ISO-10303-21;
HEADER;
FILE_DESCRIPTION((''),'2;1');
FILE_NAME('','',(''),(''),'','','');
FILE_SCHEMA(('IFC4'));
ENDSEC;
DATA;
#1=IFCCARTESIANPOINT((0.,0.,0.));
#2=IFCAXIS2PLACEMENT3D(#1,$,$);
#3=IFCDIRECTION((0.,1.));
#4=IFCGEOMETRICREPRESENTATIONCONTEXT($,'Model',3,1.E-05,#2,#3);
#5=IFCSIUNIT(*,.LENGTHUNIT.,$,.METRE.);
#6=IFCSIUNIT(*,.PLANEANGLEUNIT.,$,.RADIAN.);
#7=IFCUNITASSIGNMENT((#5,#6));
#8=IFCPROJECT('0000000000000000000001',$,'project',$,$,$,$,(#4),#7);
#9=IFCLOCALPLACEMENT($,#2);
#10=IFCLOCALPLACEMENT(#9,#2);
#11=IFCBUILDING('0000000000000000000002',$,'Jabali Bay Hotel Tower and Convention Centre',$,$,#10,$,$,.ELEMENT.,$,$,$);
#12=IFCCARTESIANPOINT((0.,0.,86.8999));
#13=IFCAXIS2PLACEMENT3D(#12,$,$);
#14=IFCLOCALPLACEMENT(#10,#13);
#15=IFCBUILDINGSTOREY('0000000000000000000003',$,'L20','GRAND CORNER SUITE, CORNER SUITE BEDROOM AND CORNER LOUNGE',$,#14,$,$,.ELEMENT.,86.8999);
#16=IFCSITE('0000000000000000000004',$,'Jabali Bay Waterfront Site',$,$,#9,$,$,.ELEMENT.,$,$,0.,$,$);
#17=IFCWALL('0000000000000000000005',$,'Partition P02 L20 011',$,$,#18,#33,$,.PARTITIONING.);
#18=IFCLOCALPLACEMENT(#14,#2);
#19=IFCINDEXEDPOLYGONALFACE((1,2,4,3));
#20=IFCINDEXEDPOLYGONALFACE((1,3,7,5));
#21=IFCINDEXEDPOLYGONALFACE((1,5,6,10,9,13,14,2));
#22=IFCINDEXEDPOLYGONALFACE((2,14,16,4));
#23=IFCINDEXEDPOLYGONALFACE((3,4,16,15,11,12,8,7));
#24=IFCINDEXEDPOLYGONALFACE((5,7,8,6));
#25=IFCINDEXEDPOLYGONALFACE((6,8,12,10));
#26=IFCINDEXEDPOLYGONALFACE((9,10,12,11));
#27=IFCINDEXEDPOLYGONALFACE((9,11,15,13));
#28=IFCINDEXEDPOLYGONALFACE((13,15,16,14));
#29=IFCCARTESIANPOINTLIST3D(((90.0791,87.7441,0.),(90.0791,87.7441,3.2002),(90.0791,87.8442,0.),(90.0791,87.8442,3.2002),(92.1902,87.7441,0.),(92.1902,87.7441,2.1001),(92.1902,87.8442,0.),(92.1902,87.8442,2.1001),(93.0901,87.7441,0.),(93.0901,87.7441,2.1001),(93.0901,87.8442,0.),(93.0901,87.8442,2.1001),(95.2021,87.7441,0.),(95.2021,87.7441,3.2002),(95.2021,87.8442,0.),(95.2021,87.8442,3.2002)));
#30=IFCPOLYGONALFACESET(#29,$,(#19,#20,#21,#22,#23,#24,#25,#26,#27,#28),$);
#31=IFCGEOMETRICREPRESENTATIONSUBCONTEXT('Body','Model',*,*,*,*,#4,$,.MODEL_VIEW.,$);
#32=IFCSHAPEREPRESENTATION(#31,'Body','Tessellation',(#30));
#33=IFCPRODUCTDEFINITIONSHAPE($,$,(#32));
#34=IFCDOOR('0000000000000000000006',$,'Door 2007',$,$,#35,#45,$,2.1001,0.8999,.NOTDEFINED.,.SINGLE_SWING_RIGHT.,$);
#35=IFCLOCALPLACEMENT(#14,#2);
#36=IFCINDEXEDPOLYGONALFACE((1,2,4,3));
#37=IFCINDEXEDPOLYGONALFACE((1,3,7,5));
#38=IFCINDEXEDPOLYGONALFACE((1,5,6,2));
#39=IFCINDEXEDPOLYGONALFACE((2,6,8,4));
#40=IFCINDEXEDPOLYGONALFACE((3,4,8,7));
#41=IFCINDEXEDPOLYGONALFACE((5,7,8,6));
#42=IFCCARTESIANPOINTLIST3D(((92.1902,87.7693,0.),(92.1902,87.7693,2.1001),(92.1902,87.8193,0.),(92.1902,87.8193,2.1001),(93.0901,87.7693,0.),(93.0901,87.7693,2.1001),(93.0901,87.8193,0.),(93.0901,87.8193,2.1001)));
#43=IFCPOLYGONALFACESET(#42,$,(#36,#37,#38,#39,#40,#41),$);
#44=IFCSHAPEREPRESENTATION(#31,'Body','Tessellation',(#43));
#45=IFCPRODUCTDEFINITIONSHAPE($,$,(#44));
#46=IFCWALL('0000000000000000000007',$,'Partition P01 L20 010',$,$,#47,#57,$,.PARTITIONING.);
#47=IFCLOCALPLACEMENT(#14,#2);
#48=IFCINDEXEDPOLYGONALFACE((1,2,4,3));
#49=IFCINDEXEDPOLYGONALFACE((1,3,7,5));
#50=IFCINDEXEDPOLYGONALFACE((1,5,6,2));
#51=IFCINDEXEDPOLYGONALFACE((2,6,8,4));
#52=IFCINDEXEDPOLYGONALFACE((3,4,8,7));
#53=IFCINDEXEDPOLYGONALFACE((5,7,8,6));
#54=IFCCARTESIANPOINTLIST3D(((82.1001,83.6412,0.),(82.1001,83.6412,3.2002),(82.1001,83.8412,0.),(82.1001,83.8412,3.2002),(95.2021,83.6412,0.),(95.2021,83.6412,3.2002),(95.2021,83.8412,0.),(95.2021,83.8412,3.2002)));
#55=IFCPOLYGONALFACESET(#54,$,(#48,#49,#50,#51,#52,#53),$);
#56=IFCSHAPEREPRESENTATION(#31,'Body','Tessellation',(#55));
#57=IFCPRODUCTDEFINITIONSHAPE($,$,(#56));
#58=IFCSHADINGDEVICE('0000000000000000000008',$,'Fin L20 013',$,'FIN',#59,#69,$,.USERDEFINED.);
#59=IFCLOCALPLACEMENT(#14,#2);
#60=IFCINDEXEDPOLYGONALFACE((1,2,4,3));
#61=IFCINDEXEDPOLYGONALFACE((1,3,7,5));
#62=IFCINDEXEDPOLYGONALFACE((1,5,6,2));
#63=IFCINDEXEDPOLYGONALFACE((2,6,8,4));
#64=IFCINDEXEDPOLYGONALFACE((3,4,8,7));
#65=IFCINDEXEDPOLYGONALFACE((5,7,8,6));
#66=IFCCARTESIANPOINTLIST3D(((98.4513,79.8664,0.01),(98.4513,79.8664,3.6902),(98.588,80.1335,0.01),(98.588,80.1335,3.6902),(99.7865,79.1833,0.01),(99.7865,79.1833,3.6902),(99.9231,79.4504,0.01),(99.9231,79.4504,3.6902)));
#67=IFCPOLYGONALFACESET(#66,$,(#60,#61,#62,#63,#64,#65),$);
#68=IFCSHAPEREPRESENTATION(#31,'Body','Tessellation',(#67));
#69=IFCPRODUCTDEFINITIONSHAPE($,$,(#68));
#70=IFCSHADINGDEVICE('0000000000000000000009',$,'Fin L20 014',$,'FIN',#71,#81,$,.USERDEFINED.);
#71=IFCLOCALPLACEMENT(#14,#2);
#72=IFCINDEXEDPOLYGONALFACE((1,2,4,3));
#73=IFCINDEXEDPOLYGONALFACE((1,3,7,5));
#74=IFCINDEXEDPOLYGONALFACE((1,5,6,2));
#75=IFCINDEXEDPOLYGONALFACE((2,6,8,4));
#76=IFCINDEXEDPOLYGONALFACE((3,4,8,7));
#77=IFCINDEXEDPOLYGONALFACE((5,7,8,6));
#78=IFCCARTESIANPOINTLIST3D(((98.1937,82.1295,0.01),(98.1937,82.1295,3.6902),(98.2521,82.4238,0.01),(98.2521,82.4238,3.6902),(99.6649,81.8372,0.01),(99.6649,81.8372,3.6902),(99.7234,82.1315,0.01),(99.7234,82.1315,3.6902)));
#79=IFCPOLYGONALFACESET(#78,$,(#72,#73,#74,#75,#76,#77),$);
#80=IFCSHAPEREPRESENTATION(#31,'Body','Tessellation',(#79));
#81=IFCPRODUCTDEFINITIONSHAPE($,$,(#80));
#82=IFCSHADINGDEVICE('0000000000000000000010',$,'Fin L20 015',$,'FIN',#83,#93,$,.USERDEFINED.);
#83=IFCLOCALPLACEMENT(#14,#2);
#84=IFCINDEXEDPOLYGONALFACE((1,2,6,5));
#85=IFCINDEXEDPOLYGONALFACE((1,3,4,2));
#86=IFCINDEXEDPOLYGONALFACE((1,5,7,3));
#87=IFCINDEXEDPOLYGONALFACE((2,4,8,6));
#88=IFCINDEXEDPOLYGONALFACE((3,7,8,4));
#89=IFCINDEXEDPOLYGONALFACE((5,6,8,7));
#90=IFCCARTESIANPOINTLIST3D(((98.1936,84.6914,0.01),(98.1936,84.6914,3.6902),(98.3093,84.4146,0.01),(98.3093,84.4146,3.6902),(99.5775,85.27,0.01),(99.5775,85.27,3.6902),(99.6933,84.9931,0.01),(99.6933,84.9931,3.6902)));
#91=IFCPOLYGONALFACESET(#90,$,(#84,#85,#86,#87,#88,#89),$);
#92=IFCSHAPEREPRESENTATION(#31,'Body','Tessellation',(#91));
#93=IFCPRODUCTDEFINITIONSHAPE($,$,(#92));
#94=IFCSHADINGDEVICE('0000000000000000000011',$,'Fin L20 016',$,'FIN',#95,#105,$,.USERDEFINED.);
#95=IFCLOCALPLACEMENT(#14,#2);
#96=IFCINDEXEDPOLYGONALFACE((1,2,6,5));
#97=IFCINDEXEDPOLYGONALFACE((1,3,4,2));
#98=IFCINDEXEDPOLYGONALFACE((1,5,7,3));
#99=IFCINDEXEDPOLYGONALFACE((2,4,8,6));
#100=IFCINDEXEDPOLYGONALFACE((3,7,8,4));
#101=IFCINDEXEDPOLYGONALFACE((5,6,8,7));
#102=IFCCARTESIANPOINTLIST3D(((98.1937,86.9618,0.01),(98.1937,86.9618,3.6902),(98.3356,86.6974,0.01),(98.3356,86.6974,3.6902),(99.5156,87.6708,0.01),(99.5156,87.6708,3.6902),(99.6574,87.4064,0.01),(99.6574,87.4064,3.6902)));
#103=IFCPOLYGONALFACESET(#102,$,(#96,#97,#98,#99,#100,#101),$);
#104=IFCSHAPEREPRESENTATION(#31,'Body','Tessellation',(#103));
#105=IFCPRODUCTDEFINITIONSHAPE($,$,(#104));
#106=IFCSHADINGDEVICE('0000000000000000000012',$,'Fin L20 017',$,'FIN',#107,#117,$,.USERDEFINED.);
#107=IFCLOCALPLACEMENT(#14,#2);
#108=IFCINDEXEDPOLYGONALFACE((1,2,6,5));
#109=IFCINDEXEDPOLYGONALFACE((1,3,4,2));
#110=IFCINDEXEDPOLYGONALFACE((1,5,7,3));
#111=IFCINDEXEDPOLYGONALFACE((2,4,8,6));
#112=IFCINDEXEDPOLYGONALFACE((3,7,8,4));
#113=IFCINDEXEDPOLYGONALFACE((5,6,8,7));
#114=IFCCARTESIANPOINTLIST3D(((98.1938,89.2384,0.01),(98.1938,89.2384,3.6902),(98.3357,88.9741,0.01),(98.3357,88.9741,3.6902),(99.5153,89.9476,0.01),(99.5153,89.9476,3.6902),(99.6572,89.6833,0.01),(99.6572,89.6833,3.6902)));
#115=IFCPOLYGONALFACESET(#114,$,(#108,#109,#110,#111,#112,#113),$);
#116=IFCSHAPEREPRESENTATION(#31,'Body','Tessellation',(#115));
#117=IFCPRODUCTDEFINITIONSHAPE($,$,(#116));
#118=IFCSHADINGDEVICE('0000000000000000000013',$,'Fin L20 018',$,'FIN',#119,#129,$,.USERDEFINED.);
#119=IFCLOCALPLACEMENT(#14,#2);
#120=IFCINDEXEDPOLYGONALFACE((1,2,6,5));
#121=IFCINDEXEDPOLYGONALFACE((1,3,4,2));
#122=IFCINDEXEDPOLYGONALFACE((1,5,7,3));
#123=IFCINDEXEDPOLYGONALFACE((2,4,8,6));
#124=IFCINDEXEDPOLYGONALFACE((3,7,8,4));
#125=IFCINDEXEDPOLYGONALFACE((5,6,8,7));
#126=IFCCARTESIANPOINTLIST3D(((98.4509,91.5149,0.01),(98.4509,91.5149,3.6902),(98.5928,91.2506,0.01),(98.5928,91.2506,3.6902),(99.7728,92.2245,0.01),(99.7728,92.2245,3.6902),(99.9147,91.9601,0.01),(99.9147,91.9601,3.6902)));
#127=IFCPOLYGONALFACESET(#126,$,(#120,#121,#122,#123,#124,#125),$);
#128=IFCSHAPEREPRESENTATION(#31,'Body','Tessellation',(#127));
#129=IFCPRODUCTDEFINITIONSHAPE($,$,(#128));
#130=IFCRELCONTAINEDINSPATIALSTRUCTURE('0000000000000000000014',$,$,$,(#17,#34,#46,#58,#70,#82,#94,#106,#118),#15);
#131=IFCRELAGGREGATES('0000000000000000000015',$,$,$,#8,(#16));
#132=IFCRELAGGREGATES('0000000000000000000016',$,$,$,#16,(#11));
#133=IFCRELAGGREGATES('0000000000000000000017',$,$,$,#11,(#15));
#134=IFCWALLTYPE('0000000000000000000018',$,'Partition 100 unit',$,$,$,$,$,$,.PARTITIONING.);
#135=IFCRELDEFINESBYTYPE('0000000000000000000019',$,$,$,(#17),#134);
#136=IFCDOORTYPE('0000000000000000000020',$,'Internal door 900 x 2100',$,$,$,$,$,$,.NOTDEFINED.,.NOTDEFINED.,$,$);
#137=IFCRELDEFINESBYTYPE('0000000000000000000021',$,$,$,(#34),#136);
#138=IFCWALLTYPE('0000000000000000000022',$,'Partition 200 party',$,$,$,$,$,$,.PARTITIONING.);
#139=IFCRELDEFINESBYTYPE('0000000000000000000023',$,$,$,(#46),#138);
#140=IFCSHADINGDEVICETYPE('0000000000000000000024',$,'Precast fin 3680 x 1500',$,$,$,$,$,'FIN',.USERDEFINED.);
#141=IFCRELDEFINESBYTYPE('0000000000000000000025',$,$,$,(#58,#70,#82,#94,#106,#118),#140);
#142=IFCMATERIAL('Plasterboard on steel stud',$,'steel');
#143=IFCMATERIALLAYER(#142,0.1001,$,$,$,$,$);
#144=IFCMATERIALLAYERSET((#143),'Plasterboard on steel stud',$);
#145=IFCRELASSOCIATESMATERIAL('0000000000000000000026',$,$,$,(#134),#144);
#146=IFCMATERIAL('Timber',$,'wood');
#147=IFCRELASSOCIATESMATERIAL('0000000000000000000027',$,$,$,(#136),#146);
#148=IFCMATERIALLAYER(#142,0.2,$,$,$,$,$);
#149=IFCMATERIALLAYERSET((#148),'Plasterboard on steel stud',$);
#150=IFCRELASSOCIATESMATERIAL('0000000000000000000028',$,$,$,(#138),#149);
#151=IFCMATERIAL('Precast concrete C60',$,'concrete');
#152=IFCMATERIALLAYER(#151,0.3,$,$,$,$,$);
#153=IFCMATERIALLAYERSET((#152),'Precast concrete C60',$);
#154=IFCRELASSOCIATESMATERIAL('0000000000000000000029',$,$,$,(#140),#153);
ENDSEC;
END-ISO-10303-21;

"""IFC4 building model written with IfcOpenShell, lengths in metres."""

from ifc_helpers import new_model, si_unit, direction, frame, frame_2d, origin, place, context, subcontext, project, spatial, rectangle, extrude, material, layer, layer_set, type_object, element, fill, save


model = new_model("IFC4")

# Units and contexts
model_context = context("Model", 3, precision=1e-05, world=origin(), true_north=direction((0.0, 1.0)))
body_context = subcontext(model_context, "Body", "Model", "MODEL_VIEW")
ifc_project = project(units=[si_unit("LENGTHUNIT", "METRE"), si_unit("PLANEANGLEUNIT", "RADIAN")], contexts=[model_context])

# Site, building, storey
site_placement = place(None, origin())
site = spatial("IfcSite", under=ifc_project, at=site_placement, Name="Jabali Bay Waterfront Site", CompositionType="ELEMENT", RefElevation=0.0)
building_placement = place(site_placement, origin())
building = spatial("IfcBuilding", under=site, at=building_placement, Name="Jabali Bay Hotel Tower and Convention Centre", CompositionType="ELEMENT")
storey_placement = place(building_placement, frame((0.0, 0.0, 86.8999)))
storey = spatial("IfcBuildingStorey", under=building, at=storey_placement, Name="L20", Description="GRAND CORNER SUITE, CORNER SUITE BEDROOM AND CORNER LOUNGE", CompositionType="ELEMENT", Elevation=86.8999)

# Wall, opening, door
ifc_material_1 = material(Name="Plasterboard on steel stud", Category="steel")
ifc_layer_1 = layer(ifc_material_1, 0.1001)
ifc_layer_set_1 = layer_set([ifc_layer_1], Name="Plasterboard on steel stud")
wall_type_1 = type_object("IfcWallType", Name="Partition 100 unit", PredefinedType="PARTITIONING", material=ifc_layer_set_1)
wall_1_placement = place(storey_placement, frame((95.2021, 87.7942, 0.0), z_axis=(0.0, 0.0, 1.0), x_axis=(-1.0, 0.0, 0.0)))
wall_1 = element("IfcWall", 1, at=wall_1_placement, inside=storey, type_object=wall_type_1, Name="Partition P02 L20 011", PredefinedType="PARTITIONING", context=body_context, shape_type="SweptSolid", body=[
    extrude(rectangle(XDim=5.123, YDim=0.1001, at=frame_2d((2.5615, 0.0))), origin(), (0.0, 0.0, 1.0), 3.2002),
])
opening_1_placement = place(wall_1_placement, frame((2.1121, 0.0, 0.0)))
opening_1 = element("IfcOpeningElement", 2, at=opening_1_placement, cuts=wall_1, PredefinedType="OPENING", context=body_context, shape_type="SweptSolid", body=[
    extrude(rectangle(XDim=0.8999, YDim=2.1001, at=frame_2d((0.45, 1.05))), frame((0.0, 0.0605, 0.0), z_axis=(0.0, -1.0, 0.0), x_axis=(1.0, 0.0, 0.0)), (0.0, 0.0, 1.0), 0.1211),
])
ifc_material_2 = material(Name="Timber", Category="wood")
door_type_1 = type_object("IfcDoorType", Name="Internal door 900 x 2100", OperationType="NOTDEFINED", PredefinedType="NOTDEFINED", material=ifc_material_2)
door_1_placement = place(opening_1_placement, origin())
door_1 = element("IfcDoor", 3, at=door_1_placement, inside=storey, type_object=door_type_1, Name="Door 2007", OperationType="SINGLE_SWING_RIGHT", OverallHeight=2.1001, OverallWidth=0.8999, PredefinedType="NOTDEFINED", context=body_context, shape_type="SweptSolid", body=[
    extrude(rectangle(XDim=0.8999, YDim=2.1001, at=frame_2d((0.45, 1.05))), frame((0.0, 0.0249, 0.0), z_axis=(0.0, -1.0, 0.0), x_axis=(1.0, 0.0, 0.0)), (0.0, 0.0, 1.0), 0.05),
])
fill(opening_1, door_1)

# Wall
ifc_layer_2 = layer(ifc_material_1, 0.2)
ifc_layer_set_2 = layer_set([ifc_layer_2], Name="Plasterboard on steel stud")
wall_type_2 = type_object("IfcWallType", Name="Partition 200 party", PredefinedType="PARTITIONING", material=ifc_layer_set_2)
wall_2_placement = place(storey_placement, frame((95.2021, 83.7412, 0.0), z_axis=(0.0, 0.0, 1.0), x_axis=(-1.0, 0.0, 0.0)))
element("IfcWall", 4, at=wall_2_placement, inside=storey, type_object=wall_type_2, Name="Partition P01 L20 010", PredefinedType="PARTITIONING", context=body_context, shape_type="SweptSolid", body=[
    extrude(rectangle(XDim=13.1021, YDim=0.2, at=frame_2d((6.551, 0.0))), origin(), (0.0, 0.0, 1.0), 3.2002),
])

# Shading devices
ifc_material_3 = material(Name="Precast concrete C60", Category="concrete")
ifc_layer_3 = layer(ifc_material_3, 0.3)
ifc_layer_set_3 = layer_set([ifc_layer_3], Name="Precast concrete C60")
shading_device_type = type_object("IfcShadingDeviceType", Name="Precast fin 3680 x 1500", ElementType="FIN", PredefinedType="USERDEFINED", material=ifc_layer_set_3)
shading_device_1_placement = place(storey_placement, frame((98.5195, 80.0, 0.01), z_axis=(0.0, 0.0, 1.0), x_axis=(0.890254, -0.455464, 0.0)))
element("IfcShadingDevice", 5, at=shading_device_1_placement, inside=storey, type_object=shading_device_type, Name="Fin L20 013", ObjectType="FIN", PredefinedType="USERDEFINED", context=body_context, shape_type="SweptSolid", body=[
    extrude(rectangle(XDim=1.4998, YDim=0.3, at=frame_2d((0.75, 0.0))), origin(), (0.0, 0.0, 1.0), 3.6802),
])
for number, where, z_axis, x_axis, name in (
    (6, (98.2229, 82.2766, 0.01), (0.0, 0.0, 1.0), (0.980837, -0.194833, 0.0), "Fin L20 014"),
    (7, (98.2515, 84.553, 0.01), (0.0, 0.0, 1.0), (0.922619, 0.385713, 0.0), "Fin L20 015"),
    (8, (98.2646, 86.8296, 0.01), (0.0, 0.0, 1.0), (0.881233, 0.472682, 0.0), "Fin L20 016"),
):
    element("IfcShadingDevice", number, at=place(storey_placement, frame(where, z_axis=z_axis, x_axis=x_axis)), inside=storey, type_object=shading_device_type, Name=name, ObjectType="FIN", PredefinedType="USERDEFINED", context=body_context, shape_type="SweptSolid", body=[
        extrude(rectangle(XDim=1.5, YDim=0.3, at=frame_2d((0.75, 0.0))), origin(), (0.0, 0.0, 1.0), 3.6802),
    ])
shading_device_2_placement = place(storey_placement, frame((98.2646, 89.1062, 0.01), z_axis=(0.0, 0.0, 1.0), x_axis=(0.881129, 0.472876, 0.0)))
element("IfcShadingDevice", 9, at=shading_device_2_placement, inside=storey, type_object=shading_device_type, Name="Fin L20 017", ObjectType="FIN", PredefinedType="USERDEFINED", context=body_context, shape_type="SweptSolid", body=[
    extrude(rectangle(XDim=1.4998, YDim=0.3, at=frame_2d((0.75, 0.0))), origin(), (0.0, 0.0, 1.0), 3.6802),
])
shading_device_3_placement = place(storey_placement, frame((98.522, 91.3828, 0.01), z_axis=(0.0, 0.0, 1.0), x_axis=(0.881097, 0.472935, 0.0)))
element("IfcShadingDevice", 10, at=shading_device_3_placement, inside=storey, type_object=shading_device_type, Name="Fin L20 018", ObjectType="FIN", PredefinedType="USERDEFINED", context=body_context, shape_type="SweptSolid", body=[
    extrude(rectangle(XDim=1.5002, YDim=0.3, at=frame_2d((0.75, 0.0))), origin(), (0.0, 0.0, 1.0), 3.6802),
])

save(model, "model.ifc")
